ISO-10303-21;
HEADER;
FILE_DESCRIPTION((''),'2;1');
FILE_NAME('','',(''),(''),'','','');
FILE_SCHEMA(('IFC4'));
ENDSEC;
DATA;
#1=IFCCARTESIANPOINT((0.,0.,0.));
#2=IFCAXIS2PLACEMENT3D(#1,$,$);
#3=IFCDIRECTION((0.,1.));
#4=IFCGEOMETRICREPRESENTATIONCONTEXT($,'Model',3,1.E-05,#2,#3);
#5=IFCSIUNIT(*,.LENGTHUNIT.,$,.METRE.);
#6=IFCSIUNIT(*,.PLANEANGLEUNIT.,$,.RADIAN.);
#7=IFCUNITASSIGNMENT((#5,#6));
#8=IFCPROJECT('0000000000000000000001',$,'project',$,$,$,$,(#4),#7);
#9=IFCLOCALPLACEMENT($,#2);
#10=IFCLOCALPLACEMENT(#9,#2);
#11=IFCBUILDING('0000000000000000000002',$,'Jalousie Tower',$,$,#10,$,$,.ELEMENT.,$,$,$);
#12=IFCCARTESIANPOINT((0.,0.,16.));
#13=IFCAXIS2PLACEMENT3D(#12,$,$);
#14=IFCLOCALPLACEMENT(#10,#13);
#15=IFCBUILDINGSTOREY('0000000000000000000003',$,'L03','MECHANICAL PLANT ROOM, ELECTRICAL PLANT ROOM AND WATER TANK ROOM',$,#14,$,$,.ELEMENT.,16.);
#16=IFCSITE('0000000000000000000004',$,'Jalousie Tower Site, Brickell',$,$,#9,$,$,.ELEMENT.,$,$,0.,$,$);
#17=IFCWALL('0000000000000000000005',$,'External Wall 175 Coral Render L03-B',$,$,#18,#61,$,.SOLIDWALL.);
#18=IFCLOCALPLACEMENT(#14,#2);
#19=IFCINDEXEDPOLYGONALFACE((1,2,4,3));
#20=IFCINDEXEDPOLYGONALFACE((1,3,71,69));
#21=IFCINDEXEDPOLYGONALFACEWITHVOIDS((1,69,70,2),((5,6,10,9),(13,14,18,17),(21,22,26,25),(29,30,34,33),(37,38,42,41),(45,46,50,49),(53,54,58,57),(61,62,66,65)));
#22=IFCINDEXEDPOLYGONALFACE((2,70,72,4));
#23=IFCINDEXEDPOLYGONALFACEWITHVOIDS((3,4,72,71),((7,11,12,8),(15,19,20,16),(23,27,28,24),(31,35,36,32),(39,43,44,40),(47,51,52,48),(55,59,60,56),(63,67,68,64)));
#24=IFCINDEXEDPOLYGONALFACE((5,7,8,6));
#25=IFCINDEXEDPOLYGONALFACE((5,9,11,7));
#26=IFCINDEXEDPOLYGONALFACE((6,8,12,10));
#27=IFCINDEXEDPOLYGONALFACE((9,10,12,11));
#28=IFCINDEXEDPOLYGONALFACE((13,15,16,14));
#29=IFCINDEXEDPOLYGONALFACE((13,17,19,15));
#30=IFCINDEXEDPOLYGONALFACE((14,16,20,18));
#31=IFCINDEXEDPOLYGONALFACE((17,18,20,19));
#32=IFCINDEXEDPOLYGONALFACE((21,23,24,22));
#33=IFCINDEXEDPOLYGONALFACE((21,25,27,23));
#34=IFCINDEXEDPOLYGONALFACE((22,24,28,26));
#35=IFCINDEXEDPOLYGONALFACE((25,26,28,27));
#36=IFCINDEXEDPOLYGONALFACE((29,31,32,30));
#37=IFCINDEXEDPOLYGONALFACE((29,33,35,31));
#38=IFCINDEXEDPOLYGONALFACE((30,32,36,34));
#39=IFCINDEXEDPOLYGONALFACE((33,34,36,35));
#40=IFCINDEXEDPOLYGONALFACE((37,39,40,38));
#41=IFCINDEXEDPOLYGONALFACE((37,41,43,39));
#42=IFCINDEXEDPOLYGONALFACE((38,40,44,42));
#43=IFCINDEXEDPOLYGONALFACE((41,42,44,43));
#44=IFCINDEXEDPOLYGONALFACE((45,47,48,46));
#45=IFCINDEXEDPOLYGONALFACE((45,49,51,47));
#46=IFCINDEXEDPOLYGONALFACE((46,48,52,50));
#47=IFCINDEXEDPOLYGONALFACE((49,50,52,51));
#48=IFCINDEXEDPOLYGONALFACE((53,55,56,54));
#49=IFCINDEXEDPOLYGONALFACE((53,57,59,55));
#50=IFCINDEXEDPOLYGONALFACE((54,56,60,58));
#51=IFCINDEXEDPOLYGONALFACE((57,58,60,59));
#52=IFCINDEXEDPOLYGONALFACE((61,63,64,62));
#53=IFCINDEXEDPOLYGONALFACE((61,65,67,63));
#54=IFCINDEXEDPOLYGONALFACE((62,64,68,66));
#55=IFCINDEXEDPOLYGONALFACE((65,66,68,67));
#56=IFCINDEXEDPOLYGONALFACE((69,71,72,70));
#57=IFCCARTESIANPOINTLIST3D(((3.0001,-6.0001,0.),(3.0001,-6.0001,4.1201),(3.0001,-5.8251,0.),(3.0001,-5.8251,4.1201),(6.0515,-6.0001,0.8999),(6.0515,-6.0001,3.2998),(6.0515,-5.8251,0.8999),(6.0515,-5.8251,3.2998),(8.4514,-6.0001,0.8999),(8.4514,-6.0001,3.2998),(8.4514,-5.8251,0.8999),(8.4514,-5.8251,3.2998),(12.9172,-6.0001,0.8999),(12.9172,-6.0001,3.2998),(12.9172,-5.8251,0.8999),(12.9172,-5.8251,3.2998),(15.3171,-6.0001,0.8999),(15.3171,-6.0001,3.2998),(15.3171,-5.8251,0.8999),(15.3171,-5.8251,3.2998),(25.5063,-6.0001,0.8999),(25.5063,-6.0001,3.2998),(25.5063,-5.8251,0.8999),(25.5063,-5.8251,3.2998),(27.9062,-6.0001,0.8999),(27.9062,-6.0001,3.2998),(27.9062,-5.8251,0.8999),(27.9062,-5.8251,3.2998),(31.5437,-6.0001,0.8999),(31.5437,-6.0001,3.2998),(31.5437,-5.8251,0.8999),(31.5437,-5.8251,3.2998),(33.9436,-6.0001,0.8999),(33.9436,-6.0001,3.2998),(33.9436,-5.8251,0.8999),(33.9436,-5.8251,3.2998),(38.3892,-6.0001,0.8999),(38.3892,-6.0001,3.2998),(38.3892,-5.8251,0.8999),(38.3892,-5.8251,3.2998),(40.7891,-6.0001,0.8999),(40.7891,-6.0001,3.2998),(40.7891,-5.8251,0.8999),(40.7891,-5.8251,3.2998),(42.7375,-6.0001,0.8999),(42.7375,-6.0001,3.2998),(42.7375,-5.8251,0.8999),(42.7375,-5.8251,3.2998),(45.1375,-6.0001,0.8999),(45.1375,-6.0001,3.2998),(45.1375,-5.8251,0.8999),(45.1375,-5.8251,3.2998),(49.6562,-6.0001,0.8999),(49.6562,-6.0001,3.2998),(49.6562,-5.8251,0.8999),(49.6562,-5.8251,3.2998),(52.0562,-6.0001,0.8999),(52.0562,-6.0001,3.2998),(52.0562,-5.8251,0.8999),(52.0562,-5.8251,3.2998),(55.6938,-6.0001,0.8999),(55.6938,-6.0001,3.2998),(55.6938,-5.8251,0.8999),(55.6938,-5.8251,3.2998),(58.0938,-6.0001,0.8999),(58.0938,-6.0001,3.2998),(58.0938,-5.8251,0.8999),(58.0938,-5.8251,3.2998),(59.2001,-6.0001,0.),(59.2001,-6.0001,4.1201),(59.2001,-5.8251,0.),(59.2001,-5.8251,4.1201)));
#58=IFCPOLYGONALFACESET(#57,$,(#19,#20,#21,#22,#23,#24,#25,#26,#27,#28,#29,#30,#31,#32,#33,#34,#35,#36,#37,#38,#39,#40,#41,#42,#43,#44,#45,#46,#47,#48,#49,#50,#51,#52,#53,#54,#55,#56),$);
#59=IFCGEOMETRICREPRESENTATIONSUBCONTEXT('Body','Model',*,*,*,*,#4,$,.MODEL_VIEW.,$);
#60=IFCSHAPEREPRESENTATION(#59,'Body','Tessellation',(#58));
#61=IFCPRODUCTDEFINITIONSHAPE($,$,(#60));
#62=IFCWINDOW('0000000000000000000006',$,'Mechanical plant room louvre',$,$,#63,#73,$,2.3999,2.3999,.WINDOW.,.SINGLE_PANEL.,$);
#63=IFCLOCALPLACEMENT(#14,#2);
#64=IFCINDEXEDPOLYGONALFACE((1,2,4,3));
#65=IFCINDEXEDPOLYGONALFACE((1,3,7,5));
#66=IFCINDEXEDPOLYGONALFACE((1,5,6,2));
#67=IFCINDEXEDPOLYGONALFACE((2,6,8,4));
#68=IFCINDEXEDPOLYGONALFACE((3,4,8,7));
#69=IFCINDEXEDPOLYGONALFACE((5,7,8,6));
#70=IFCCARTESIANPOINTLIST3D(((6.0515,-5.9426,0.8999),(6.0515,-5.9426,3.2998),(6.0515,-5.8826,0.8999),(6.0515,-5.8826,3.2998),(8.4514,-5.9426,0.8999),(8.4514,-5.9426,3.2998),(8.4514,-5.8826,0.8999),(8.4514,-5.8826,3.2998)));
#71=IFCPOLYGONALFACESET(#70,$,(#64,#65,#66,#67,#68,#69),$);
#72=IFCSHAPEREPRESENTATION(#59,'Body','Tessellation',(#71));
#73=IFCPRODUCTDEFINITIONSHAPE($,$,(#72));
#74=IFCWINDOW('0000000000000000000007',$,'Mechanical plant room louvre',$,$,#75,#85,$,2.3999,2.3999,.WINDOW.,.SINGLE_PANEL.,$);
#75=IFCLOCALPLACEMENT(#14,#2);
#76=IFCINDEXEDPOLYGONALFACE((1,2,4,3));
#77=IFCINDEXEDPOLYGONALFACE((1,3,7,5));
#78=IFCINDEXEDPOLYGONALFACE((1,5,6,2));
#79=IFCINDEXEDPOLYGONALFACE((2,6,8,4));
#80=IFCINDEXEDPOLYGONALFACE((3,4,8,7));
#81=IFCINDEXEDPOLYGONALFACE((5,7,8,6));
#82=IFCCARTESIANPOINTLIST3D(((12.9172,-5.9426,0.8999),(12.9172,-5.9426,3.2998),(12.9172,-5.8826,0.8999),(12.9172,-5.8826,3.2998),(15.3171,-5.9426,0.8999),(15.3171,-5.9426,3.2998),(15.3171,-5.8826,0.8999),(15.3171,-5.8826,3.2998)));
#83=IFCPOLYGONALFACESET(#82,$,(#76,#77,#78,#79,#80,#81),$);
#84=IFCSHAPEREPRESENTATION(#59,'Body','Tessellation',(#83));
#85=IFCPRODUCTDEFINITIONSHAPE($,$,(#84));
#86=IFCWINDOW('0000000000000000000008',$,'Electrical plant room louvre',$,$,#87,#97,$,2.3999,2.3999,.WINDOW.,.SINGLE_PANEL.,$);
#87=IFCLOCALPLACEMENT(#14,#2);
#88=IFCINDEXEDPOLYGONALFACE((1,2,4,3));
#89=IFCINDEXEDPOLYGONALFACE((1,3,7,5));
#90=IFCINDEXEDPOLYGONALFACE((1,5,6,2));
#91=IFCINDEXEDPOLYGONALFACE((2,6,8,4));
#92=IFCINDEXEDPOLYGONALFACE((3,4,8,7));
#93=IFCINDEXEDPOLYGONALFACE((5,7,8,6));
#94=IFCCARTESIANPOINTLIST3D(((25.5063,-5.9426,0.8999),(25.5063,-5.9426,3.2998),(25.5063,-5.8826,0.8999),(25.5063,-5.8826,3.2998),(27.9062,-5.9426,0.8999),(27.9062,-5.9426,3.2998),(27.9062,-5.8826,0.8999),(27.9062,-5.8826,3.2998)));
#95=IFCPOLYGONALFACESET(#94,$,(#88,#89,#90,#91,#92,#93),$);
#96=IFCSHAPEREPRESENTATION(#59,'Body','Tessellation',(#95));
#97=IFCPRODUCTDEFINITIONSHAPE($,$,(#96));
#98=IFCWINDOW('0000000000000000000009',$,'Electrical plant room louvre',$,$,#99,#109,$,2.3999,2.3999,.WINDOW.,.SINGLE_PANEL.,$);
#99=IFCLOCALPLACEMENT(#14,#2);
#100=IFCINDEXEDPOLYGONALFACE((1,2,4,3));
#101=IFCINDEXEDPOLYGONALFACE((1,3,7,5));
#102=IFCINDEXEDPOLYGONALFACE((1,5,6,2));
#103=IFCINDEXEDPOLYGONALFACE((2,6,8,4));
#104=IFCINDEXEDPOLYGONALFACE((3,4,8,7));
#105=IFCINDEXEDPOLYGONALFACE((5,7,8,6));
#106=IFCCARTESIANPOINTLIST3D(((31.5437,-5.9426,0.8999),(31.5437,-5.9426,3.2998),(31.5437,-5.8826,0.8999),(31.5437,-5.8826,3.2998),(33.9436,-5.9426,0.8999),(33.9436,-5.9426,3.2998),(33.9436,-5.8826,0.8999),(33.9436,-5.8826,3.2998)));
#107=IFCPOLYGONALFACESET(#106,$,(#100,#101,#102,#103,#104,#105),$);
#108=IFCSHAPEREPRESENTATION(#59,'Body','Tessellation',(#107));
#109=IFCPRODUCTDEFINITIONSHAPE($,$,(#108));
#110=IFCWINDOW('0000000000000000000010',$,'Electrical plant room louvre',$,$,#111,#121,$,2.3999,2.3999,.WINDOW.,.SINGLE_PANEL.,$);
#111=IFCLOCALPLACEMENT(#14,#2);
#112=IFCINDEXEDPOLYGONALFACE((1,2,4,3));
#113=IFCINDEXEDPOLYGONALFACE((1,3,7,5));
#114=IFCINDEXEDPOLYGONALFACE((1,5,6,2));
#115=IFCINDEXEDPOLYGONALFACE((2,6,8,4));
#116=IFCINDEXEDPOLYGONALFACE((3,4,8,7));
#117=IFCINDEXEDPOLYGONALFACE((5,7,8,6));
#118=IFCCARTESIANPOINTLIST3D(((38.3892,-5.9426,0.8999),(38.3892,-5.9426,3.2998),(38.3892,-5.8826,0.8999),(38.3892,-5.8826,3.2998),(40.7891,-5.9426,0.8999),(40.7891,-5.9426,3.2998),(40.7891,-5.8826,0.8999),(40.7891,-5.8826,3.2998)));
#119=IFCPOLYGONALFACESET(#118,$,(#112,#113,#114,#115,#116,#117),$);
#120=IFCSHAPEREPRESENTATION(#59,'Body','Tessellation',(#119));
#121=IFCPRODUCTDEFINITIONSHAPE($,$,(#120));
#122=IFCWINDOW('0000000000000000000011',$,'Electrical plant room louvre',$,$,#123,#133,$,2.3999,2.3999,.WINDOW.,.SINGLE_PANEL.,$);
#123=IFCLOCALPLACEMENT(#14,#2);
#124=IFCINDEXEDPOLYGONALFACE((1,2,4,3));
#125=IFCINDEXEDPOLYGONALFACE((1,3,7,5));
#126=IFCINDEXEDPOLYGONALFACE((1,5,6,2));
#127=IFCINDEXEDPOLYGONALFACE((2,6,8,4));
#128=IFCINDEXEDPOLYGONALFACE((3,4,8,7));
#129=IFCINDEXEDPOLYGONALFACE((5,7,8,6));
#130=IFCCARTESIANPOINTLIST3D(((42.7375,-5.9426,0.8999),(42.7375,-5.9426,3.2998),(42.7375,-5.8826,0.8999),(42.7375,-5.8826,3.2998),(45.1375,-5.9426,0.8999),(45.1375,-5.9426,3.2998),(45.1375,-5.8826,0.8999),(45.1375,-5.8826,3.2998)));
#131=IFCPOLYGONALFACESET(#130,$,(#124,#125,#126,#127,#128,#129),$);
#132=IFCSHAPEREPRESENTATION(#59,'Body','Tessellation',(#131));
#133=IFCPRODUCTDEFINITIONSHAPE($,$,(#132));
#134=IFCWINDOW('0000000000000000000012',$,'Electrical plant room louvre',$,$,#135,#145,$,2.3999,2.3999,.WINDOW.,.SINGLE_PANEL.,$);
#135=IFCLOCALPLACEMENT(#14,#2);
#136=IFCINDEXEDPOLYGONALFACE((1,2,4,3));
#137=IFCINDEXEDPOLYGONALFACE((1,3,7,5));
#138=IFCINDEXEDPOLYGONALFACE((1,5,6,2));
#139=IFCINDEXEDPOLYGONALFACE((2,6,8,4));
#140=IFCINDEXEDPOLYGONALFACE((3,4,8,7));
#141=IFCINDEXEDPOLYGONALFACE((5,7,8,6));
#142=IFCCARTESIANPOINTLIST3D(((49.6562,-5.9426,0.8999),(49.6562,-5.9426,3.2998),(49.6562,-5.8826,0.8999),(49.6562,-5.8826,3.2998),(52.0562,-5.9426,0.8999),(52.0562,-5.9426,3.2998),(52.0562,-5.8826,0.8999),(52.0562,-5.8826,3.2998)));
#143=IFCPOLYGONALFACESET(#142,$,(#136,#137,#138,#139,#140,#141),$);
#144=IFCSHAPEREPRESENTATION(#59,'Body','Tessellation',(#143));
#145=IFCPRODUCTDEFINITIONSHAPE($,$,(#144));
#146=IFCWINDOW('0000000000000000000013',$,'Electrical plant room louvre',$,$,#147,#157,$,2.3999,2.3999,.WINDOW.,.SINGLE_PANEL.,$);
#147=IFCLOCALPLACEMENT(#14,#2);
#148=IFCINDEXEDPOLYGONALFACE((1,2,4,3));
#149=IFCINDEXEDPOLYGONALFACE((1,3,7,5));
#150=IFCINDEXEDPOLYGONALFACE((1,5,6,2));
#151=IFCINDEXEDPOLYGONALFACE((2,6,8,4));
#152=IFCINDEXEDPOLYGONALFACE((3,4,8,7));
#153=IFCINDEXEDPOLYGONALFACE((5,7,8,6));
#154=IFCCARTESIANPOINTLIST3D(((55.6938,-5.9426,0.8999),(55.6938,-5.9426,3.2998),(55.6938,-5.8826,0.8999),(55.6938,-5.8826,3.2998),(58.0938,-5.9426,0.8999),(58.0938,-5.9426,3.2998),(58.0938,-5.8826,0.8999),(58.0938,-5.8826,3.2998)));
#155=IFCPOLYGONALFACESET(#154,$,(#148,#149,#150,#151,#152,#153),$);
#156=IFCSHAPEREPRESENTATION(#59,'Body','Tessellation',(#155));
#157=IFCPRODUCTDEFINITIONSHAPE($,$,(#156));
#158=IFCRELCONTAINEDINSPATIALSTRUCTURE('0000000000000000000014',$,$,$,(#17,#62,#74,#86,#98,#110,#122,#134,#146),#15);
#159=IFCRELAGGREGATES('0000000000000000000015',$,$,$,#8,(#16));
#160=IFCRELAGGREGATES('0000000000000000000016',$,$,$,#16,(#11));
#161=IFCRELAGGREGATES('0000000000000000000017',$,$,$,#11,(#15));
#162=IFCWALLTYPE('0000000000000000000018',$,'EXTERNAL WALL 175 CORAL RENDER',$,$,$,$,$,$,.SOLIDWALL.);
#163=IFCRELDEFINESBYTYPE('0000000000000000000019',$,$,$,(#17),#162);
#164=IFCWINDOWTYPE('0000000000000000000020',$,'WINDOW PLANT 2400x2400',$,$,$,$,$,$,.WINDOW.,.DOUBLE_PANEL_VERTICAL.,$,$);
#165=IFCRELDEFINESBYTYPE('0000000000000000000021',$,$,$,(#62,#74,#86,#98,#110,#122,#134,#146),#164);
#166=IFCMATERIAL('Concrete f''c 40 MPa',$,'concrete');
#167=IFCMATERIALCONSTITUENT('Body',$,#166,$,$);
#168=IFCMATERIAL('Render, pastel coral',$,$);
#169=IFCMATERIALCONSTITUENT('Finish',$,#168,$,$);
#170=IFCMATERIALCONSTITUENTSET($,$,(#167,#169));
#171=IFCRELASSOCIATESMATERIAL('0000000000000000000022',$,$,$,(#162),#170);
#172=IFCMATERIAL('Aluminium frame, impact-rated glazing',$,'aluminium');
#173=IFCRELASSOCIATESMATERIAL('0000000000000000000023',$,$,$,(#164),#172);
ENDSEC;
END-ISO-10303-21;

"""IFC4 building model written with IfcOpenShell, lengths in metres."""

from ifc_helpers import new_model, si_unit, direction, frame, frame_2d, origin, place, context, subcontext, project, spatial, rectangle, extrude, material, constituent, constituent_set, type_object, element, fill, save


model = new_model("IFC4")

# Units and contexts
model_context = context("Model", 3, precision=1e-05, world=origin(), true_north=direction((0.0, 1.0)))
body_context = subcontext(model_context, "Body", "Model", "MODEL_VIEW")
ifc_project = project(units=[si_unit("LENGTHUNIT", "METRE"), si_unit("PLANEANGLEUNIT", "RADIAN")], contexts=[model_context])

# Site, building, storey
site_placement = place(None, origin())
site = spatial("IfcSite", under=ifc_project, at=site_placement, Name="Jalousie Tower Site, Brickell", CompositionType="ELEMENT", RefElevation=0.0)
building_placement = place(site_placement, origin())
building = spatial("IfcBuilding", under=site, at=building_placement, Name="Jalousie Tower", CompositionType="ELEMENT")
storey_placement = place(building_placement, frame((0.0, 0.0, 16.0)))
storey = spatial("IfcBuildingStorey", under=building, at=storey_placement, Name="L03", Description="MECHANICAL PLANT ROOM, ELECTRICAL PLANT ROOM AND WATER TANK ROOM", CompositionType="ELEMENT", Elevation=16.0)

# Wall, openings, windows
ifc_material_1 = material(Name="Concrete f'c 40 MPa", Category="concrete")
ifc_constituent_1 = constituent(ifc_material_1, Name="Body")
ifc_material_2 = material(Name="Render, pastel coral")
ifc_constituent_2 = constituent(ifc_material_2, Name="Finish")
ifc_constituent_set_1 = constituent_set(constituents=[ifc_constituent_1, ifc_constituent_2])
wall_type_1 = type_object("IfcWallType", Name="EXTERNAL WALL 175 CORAL RENDER", PredefinedType="SOLIDWALL", material=ifc_constituent_set_1)
wall_1_placement = place(storey_placement, frame((3.0, -5.9126, 0.0), z_axis=(0.0, 0.0, 1.0), x_axis=(1.0, 0.0, 0.0)))
wall_1 = element("IfcWall", 1, at=wall_1_placement, inside=storey, type_object=wall_type_1, Name="External Wall 175 Coral Render L03-B", PredefinedType="SOLIDWALL", context=body_context, shape_type="SweptSolid", body=[
    extrude(rectangle(XDim=56.2, YDim=0.175, at=frame_2d((28.1001, 0.0))), origin(), (0.0, 0.0, 1.0), 4.1201),
])
opening_1_placement = place(wall_1_placement, frame((3.0515, 0.0, 0.8999)))
opening_1 = element("IfcOpeningElement", 2, at=opening_1_placement, cuts=wall_1, PredefinedType="OPENING", context=body_context, shape_type="SweptSolid", body=[
    extrude(rectangle(XDim=2.3999, YDim=2.3999, at=frame_2d((1.2, 1.2))), frame((0.0, 0.0974, 0.0), z_axis=(0.0, -1.0, 0.0), x_axis=(1.0, 0.0, 0.0)), (0.0, 0.0, 1.0), 0.1951),
])
opening_2_placement = place(wall_1_placement, frame((9.9172, 0.0, 0.8999)))
opening_2 = element("IfcOpeningElement", 3, at=opening_2_placement, cuts=wall_1, PredefinedType="OPENING", context=body_context, shape_type="SweptSolid", body=[
    extrude(rectangle(XDim=2.3999, YDim=2.3999, at=frame_2d((1.2, 1.2))), frame((0.0, 0.0974, 0.0), z_axis=(0.0, -1.0, 0.0), x_axis=(1.0, 0.0, 0.0)), (0.0, 0.0, 1.0), 0.1951),
])
opening_3_placement = place(wall_1_placement, frame((22.5063, 0.0, 0.8999)))
opening_3 = element("IfcOpeningElement", 4, at=opening_3_placement, cuts=wall_1, PredefinedType="OPENING", context=body_context, shape_type="SweptSolid", body=[
    extrude(rectangle(XDim=2.3999, YDim=2.3999, at=frame_2d((1.2, 1.2))), frame((0.0, 0.0974, 0.0), z_axis=(0.0, -1.0, 0.0), x_axis=(1.0, 0.0, 0.0)), (0.0, 0.0, 1.0), 0.1951),
])
opening_4_placement = place(wall_1_placement, frame((28.5437, 0.0, 0.8999)))
opening_4 = element("IfcOpeningElement", 5, at=opening_4_placement, cuts=wall_1, PredefinedType="OPENING", context=body_context, shape_type="SweptSolid", body=[
    extrude(rectangle(XDim=2.3999, YDim=2.3999, at=frame_2d((1.2, 1.2))), frame((0.0, 0.0974, 0.0), z_axis=(0.0, -1.0, 0.0), x_axis=(1.0, 0.0, 0.0)), (0.0, 0.0, 1.0), 0.1951),
])
opening_5_placement = place(wall_1_placement, frame((35.3892, 0.0, 0.8999)))
opening_5 = element("IfcOpeningElement", 6, at=opening_5_placement, cuts=wall_1, PredefinedType="OPENING", context=body_context, shape_type="SweptSolid", body=[
    extrude(rectangle(XDim=2.3999, YDim=2.3999, at=frame_2d((1.2, 1.2))), frame((0.0, 0.0974, 0.0), z_axis=(0.0, -1.0, 0.0), x_axis=(1.0, 0.0, 0.0)), (0.0, 0.0, 1.0), 0.1951),
])
opening_6_placement = place(wall_1_placement, frame((39.7375, 0.0, 0.8999)))
opening_6 = element("IfcOpeningElement", 7, at=opening_6_placement, cuts=wall_1, PredefinedType="OPENING", context=body_context, shape_type="SweptSolid", body=[
    extrude(rectangle(XDim=2.3999, YDim=2.3999, at=frame_2d((1.2, 1.2))), frame((0.0, 0.0974, 0.0), z_axis=(0.0, -1.0, 0.0), x_axis=(1.0, 0.0, 0.0)), (0.0, 0.0, 1.0), 0.1951),
])
opening_7_placement = place(wall_1_placement, frame((46.6562, 0.0, 0.8999)))
opening_7 = element("IfcOpeningElement", 8, at=opening_7_placement, cuts=wall_1, PredefinedType="OPENING", context=body_context, shape_type="SweptSolid", body=[
    extrude(rectangle(XDim=2.3999, YDim=2.3999, at=frame_2d((1.2, 1.2))), frame((0.0, 0.0974, 0.0), z_axis=(0.0, -1.0, 0.0), x_axis=(1.0, 0.0, 0.0)), (0.0, 0.0, 1.0), 0.1951),
])
opening_8_placement = place(wall_1_placement, frame((52.6938, 0.0, 0.8999)))
opening_8 = element("IfcOpeningElement", 9, at=opening_8_placement, cuts=wall_1, PredefinedType="OPENING", context=body_context, shape_type="SweptSolid", body=[
    extrude(rectangle(XDim=2.3999, YDim=2.3999, at=frame_2d((1.2, 1.2))), frame((0.0, 0.0974, 0.0), z_axis=(0.0, -1.0, 0.0), x_axis=(1.0, 0.0, 0.0)), (0.0, 0.0, 1.0), 0.1951),
])
ifc_material_3 = material(Name="Aluminium frame, impact-rated glazing", Category="aluminium")
window_type = type_object("IfcWindowType", Name="WINDOW PLANT 2400x2400", PartitioningType="DOUBLE_PANEL_VERTICAL", PredefinedType="WINDOW", material=ifc_material_3)
window_1_placement = place(opening_1_placement, origin())
window_1 = element("IfcWindow", 10, at=window_1_placement, inside=storey, type_object=window_type, Name="Mechanical plant room louvre", OverallHeight=2.3999, OverallWidth=2.3999, PartitioningType="SINGLE_PANEL", PredefinedType="WINDOW", context=body_context, shape_type="SweptSolid", body=[
    extrude(rectangle(XDim=2.3999, YDim=2.3999, at=frame_2d((1.2, 1.2))), frame((0.0, 0.03, 0.0), z_axis=(0.0, -1.0, 0.0), x_axis=(1.0, 0.0, 0.0)), (0.0, 0.0, 1.0), 0.0601),
])
fill(opening_1, window_1)
window_2_placement = place(opening_2_placement, origin())
window_2 = element("IfcWindow", 11, at=window_2_placement, inside=storey, type_object=window_type, Name="Mechanical plant room louvre", OverallHeight=2.3999, OverallWidth=2.3999, PartitioningType="SINGLE_PANEL", PredefinedType="WINDOW", context=body_context, shape_type="SweptSolid", body=[
    extrude(rectangle(XDim=2.3999, YDim=2.3999, at=frame_2d((1.2, 1.2))), frame((0.0, 0.03, 0.0), z_axis=(0.0, -1.0, 0.0), x_axis=(1.0, 0.0, 0.0)), (0.0, 0.0, 1.0), 0.0601),
])
fill(opening_2, window_2)
window_3_placement = place(opening_3_placement, origin())
window_3 = element("IfcWindow", 12, at=window_3_placement, inside=storey, type_object=window_type, Name="Electrical plant room louvre", OverallHeight=2.3999, OverallWidth=2.3999, PartitioningType="SINGLE_PANEL", PredefinedType="WINDOW", context=body_context, shape_type="SweptSolid", body=[
    extrude(rectangle(XDim=2.3999, YDim=2.3999, at=frame_2d((1.2, 1.2))), frame((0.0, 0.03, 0.0), z_axis=(0.0, -1.0, 0.0), x_axis=(1.0, 0.0, 0.0)), (0.0, 0.0, 1.0), 0.0601),
])
fill(opening_3, window_3)
window_4_placement = place(opening_4_placement, origin())
window_4 = element("IfcWindow", 13, at=window_4_placement, inside=storey, type_object=window_type, Name="Electrical plant room louvre", OverallHeight=2.3999, OverallWidth=2.3999, PartitioningType="SINGLE_PANEL", PredefinedType="WINDOW", context=body_context, shape_type="SweptSolid", body=[
    extrude(rectangle(XDim=2.3999, YDim=2.3999, at=frame_2d((1.2, 1.2))), frame((0.0, 0.03, 0.0), z_axis=(0.0, -1.0, 0.0), x_axis=(1.0, 0.0, 0.0)), (0.0, 0.0, 1.0), 0.0601),
])
fill(opening_4, window_4)
window_5_placement = place(opening_5_placement, origin())
window_5 = element("IfcWindow", 14, at=window_5_placement, inside=storey, type_object=window_type, Name="Electrical plant room louvre", OverallHeight=2.3999, OverallWidth=2.3999, PartitioningType="SINGLE_PANEL", PredefinedType="WINDOW", context=body_context, shape_type="SweptSolid", body=[
    extrude(rectangle(XDim=2.3999, YDim=2.3999, at=frame_2d((1.2, 1.2))), frame((0.0, 0.03, 0.0), z_axis=(0.0, -1.0, 0.0), x_axis=(1.0, 0.0, 0.0)), (0.0, 0.0, 1.0), 0.0601),
])
fill(opening_5, window_5)
window_6_placement = place(opening_6_placement, origin())
window_6 = element("IfcWindow", 15, at=window_6_placement, inside=storey, type_object=window_type, Name="Electrical plant room louvre", OverallHeight=2.3999, OverallWidth=2.3999, PartitioningType="SINGLE_PANEL", PredefinedType="WINDOW", context=body_context, shape_type="SweptSolid", body=[
    extrude(rectangle(XDim=2.3999, YDim=2.3999, at=frame_2d((1.2, 1.2))), frame((0.0, 0.03, 0.0), z_axis=(0.0, -1.0, 0.0), x_axis=(1.0, 0.0, 0.0)), (0.0, 0.0, 1.0), 0.0601),
])
fill(opening_6, window_6)
window_7_placement = place(opening_7_placement, origin())
window_7 = element("IfcWindow", 16, at=window_7_placement, inside=storey, type_object=window_type, Name="Electrical plant room louvre", OverallHeight=2.3999, OverallWidth=2.3999, PartitioningType="SINGLE_PANEL", PredefinedType="WINDOW", context=body_context, shape_type="SweptSolid", body=[
    extrude(rectangle(XDim=2.3999, YDim=2.3999, at=frame_2d((1.2, 1.2))), frame((0.0, 0.03, 0.0), z_axis=(0.0, -1.0, 0.0), x_axis=(1.0, 0.0, 0.0)), (0.0, 0.0, 1.0), 0.0601),
])
fill(opening_7, window_7)
window_8_placement = place(opening_8_placement, origin())
window_8 = element("IfcWindow", 17, at=window_8_placement, inside=storey, type_object=window_type, Name="Electrical plant room louvre", OverallHeight=2.3999, OverallWidth=2.3999, PartitioningType="SINGLE_PANEL", PredefinedType="WINDOW", context=body_context, shape_type="SweptSolid", body=[
    extrude(rectangle(XDim=2.3999, YDim=2.3999, at=frame_2d((1.2, 1.2))), frame((0.0, 0.03, 0.0), z_axis=(0.0, -1.0, 0.0), x_axis=(1.0, 0.0, 0.0)), (0.0, 0.0, 1.0), 0.0601),
])
fill(opening_8, window_8)

save(model, "model.ifc")
